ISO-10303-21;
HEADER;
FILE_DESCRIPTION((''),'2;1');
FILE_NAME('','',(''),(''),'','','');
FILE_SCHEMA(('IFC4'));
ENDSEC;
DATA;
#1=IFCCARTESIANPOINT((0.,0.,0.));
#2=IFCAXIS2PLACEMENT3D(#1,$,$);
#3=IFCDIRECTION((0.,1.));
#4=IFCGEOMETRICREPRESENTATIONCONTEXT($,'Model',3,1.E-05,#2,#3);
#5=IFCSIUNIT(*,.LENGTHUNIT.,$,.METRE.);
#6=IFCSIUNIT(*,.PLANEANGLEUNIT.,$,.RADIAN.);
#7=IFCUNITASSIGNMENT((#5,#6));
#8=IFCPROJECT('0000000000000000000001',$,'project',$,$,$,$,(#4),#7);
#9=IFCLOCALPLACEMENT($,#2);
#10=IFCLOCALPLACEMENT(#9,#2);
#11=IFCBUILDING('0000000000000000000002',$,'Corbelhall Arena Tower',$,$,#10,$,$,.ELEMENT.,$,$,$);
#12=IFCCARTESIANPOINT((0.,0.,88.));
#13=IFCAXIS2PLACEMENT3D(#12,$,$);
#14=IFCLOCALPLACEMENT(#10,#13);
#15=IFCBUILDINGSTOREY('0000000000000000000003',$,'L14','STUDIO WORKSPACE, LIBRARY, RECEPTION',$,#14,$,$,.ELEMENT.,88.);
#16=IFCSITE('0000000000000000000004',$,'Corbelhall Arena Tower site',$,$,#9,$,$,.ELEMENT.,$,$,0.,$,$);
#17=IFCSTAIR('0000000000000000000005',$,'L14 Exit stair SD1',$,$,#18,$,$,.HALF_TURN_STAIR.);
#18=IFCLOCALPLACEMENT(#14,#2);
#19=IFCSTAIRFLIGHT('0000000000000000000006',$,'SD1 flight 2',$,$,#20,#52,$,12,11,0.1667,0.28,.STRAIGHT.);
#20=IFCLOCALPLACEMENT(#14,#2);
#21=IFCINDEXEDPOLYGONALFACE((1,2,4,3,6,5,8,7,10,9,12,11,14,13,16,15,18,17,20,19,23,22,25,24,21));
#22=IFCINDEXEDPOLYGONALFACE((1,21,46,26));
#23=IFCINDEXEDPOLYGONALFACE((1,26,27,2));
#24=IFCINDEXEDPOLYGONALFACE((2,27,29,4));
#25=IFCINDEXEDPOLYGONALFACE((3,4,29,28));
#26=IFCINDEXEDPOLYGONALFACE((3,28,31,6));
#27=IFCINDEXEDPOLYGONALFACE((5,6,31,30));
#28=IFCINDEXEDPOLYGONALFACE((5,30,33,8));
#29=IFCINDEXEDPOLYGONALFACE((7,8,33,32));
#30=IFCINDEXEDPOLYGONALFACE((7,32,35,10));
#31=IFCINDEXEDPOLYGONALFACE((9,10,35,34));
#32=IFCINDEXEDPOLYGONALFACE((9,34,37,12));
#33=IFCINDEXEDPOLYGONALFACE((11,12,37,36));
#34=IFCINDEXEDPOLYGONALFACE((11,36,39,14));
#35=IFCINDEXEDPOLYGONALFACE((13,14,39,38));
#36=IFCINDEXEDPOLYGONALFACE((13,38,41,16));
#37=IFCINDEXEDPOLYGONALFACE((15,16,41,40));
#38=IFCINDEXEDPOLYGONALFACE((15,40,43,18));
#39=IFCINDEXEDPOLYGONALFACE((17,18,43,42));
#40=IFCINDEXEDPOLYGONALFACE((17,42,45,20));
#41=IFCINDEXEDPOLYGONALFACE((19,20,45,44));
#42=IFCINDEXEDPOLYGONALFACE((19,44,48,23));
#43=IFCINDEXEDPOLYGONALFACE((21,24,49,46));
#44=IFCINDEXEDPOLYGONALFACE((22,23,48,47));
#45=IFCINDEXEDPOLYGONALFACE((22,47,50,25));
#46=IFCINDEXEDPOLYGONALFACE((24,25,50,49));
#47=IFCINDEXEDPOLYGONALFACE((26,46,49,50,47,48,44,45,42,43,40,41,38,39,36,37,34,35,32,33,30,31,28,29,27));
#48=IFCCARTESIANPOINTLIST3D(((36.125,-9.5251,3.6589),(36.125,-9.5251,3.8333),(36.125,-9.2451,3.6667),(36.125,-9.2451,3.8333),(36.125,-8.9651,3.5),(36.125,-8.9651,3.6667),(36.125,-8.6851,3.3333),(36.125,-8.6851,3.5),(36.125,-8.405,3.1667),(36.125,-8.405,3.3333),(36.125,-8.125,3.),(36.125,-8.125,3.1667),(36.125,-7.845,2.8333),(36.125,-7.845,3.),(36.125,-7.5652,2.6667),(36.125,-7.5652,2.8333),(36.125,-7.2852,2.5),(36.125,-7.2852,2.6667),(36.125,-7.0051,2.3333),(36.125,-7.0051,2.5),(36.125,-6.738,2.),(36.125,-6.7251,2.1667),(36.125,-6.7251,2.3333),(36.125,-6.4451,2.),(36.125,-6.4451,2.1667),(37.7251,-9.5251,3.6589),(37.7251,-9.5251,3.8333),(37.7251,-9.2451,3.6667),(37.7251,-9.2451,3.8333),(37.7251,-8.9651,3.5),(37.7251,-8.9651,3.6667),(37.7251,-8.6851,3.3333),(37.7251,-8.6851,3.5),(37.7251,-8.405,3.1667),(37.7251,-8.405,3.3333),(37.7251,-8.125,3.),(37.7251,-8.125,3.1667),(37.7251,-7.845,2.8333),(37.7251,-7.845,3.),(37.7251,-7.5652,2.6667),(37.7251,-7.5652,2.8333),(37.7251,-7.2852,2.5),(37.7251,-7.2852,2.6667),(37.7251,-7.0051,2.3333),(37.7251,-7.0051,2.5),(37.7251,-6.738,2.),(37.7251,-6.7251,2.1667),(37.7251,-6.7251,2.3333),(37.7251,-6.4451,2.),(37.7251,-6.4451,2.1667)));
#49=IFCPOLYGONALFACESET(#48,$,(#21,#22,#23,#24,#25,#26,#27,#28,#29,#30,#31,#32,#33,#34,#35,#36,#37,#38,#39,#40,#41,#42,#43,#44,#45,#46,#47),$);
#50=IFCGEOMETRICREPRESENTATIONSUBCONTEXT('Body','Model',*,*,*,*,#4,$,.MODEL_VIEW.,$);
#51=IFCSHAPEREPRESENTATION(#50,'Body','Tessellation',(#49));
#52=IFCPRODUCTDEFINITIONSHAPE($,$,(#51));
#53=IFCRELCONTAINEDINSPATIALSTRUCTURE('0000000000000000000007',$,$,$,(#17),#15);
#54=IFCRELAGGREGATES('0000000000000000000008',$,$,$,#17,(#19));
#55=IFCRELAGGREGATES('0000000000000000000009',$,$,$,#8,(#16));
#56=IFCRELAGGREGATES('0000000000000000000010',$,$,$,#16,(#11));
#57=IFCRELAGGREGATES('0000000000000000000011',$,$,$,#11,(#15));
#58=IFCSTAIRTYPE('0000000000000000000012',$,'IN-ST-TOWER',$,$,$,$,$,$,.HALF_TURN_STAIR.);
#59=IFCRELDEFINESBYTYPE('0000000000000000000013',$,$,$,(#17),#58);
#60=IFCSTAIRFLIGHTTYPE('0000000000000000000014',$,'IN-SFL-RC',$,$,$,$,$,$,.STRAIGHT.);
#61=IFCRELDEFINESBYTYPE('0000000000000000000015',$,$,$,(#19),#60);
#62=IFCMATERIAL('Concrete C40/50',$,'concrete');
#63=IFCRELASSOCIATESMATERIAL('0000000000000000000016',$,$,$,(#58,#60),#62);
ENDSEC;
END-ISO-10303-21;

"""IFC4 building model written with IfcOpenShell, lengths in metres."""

from ifc_helpers import new_model, si_unit, direction, frame, origin, place, context, subcontext, project, spatial, polyline, outline, extrude, material, type_object, element, aggregate, save


model = new_model("IFC4")

# Units and contexts
model_context = context("Model", 3, precision=1e-05, world=origin(), true_north=direction((0.0, 1.0)))
body_context = subcontext(model_context, "Body", "Model", "MODEL_VIEW")
ifc_project = project(units=[si_unit("LENGTHUNIT", "METRE"), si_unit("PLANEANGLEUNIT", "RADIAN")], contexts=[model_context])

# Site, building, storey
site_placement = place(None, origin())
site = spatial("IfcSite", under=ifc_project, at=site_placement, Name="Corbelhall Arena Tower site", CompositionType="ELEMENT", RefElevation=0.0)
building_placement = place(site_placement, origin())
building = spatial("IfcBuilding", under=site, at=building_placement, Name="Corbelhall Arena Tower", CompositionType="ELEMENT")
storey_placement = place(building_placement, frame((0.0, 0.0, 88.0)))
storey = spatial("IfcBuildingStorey", under=building, at=storey_placement, Name="L14", Description="STUDIO WORKSPACE, LIBRARY, RECEPTION", CompositionType="ELEMENT", Elevation=88.0)

# Shared definitions
ifc_material_1 = material(Name="Concrete C40/50", Category="concrete")

# Stair, stair flight
stair_type = type_object("IfcStairType", Name="IN-ST-TOWER", PredefinedType="HALF_TURN_STAIR", material=ifc_material_1)
stair_placement = place(storey_placement, origin())
stair = element("IfcStair", 1, at=stair_placement, inside=storey, type_object=stair_type, Name="L14 Exit stair SD1", PredefinedType="HALF_TURN_STAIR")
stair_flight_type = type_object("IfcStairFlightType", Name="IN-SFL-RC", PredefinedType="STRAIGHT", material=ifc_material_1)
stair_flight_placement = place(storey_placement, frame((36.925, -6.4451, 2.0), z_axis=(0.0, 0.0, 1.0), x_axis=(0.0, -1.0, 0.0)))
stair_flight = element("IfcStairFlight", 2, at=stair_flight_placement, type_object=stair_flight_type, Name="SD1 flight 2", NumberOfRisers=12, NumberOfTreads=11, PredefinedType="STRAIGHT", RiserHeight=0.1667, TreadLength=0.28, context=body_context, shape_type="SweptSolid", body=[
    extrude(outline(polyline([(0.0, 0.0), (0.0, 0.1667), (0.28, 0.1667), (0.28, 0.3333), (0.5601, 0.3333), (0.5601, 0.5), (0.8401, 0.5), (0.8401, 0.6667), (1.1201, 0.6667), (1.1201, 0.8333), (1.3999, 0.8333), (1.3999, 1.0), (1.6799, 1.0), (1.6799, 1.1667), (1.96, 1.1667), (1.96, 1.3333), (2.24, 1.3333), (2.24, 1.5), (2.52, 1.5), (2.52, 1.6667), (2.8, 1.6667), (2.8, 1.8333), (3.0801, 1.8333), (3.0801, 2.0), (3.0801, 1.6589), (0.293, 0.0), (0.0, 0.0)])), frame((0.0, 0.8, 0.0), z_axis=(0.0, -1.0, 0.0), x_axis=(1.0, 0.0, 0.0)), (0.0, 0.0, 1.0), 1.6001),
])
aggregate(stair, [stair_flight])

save(model, "model.ifc")
